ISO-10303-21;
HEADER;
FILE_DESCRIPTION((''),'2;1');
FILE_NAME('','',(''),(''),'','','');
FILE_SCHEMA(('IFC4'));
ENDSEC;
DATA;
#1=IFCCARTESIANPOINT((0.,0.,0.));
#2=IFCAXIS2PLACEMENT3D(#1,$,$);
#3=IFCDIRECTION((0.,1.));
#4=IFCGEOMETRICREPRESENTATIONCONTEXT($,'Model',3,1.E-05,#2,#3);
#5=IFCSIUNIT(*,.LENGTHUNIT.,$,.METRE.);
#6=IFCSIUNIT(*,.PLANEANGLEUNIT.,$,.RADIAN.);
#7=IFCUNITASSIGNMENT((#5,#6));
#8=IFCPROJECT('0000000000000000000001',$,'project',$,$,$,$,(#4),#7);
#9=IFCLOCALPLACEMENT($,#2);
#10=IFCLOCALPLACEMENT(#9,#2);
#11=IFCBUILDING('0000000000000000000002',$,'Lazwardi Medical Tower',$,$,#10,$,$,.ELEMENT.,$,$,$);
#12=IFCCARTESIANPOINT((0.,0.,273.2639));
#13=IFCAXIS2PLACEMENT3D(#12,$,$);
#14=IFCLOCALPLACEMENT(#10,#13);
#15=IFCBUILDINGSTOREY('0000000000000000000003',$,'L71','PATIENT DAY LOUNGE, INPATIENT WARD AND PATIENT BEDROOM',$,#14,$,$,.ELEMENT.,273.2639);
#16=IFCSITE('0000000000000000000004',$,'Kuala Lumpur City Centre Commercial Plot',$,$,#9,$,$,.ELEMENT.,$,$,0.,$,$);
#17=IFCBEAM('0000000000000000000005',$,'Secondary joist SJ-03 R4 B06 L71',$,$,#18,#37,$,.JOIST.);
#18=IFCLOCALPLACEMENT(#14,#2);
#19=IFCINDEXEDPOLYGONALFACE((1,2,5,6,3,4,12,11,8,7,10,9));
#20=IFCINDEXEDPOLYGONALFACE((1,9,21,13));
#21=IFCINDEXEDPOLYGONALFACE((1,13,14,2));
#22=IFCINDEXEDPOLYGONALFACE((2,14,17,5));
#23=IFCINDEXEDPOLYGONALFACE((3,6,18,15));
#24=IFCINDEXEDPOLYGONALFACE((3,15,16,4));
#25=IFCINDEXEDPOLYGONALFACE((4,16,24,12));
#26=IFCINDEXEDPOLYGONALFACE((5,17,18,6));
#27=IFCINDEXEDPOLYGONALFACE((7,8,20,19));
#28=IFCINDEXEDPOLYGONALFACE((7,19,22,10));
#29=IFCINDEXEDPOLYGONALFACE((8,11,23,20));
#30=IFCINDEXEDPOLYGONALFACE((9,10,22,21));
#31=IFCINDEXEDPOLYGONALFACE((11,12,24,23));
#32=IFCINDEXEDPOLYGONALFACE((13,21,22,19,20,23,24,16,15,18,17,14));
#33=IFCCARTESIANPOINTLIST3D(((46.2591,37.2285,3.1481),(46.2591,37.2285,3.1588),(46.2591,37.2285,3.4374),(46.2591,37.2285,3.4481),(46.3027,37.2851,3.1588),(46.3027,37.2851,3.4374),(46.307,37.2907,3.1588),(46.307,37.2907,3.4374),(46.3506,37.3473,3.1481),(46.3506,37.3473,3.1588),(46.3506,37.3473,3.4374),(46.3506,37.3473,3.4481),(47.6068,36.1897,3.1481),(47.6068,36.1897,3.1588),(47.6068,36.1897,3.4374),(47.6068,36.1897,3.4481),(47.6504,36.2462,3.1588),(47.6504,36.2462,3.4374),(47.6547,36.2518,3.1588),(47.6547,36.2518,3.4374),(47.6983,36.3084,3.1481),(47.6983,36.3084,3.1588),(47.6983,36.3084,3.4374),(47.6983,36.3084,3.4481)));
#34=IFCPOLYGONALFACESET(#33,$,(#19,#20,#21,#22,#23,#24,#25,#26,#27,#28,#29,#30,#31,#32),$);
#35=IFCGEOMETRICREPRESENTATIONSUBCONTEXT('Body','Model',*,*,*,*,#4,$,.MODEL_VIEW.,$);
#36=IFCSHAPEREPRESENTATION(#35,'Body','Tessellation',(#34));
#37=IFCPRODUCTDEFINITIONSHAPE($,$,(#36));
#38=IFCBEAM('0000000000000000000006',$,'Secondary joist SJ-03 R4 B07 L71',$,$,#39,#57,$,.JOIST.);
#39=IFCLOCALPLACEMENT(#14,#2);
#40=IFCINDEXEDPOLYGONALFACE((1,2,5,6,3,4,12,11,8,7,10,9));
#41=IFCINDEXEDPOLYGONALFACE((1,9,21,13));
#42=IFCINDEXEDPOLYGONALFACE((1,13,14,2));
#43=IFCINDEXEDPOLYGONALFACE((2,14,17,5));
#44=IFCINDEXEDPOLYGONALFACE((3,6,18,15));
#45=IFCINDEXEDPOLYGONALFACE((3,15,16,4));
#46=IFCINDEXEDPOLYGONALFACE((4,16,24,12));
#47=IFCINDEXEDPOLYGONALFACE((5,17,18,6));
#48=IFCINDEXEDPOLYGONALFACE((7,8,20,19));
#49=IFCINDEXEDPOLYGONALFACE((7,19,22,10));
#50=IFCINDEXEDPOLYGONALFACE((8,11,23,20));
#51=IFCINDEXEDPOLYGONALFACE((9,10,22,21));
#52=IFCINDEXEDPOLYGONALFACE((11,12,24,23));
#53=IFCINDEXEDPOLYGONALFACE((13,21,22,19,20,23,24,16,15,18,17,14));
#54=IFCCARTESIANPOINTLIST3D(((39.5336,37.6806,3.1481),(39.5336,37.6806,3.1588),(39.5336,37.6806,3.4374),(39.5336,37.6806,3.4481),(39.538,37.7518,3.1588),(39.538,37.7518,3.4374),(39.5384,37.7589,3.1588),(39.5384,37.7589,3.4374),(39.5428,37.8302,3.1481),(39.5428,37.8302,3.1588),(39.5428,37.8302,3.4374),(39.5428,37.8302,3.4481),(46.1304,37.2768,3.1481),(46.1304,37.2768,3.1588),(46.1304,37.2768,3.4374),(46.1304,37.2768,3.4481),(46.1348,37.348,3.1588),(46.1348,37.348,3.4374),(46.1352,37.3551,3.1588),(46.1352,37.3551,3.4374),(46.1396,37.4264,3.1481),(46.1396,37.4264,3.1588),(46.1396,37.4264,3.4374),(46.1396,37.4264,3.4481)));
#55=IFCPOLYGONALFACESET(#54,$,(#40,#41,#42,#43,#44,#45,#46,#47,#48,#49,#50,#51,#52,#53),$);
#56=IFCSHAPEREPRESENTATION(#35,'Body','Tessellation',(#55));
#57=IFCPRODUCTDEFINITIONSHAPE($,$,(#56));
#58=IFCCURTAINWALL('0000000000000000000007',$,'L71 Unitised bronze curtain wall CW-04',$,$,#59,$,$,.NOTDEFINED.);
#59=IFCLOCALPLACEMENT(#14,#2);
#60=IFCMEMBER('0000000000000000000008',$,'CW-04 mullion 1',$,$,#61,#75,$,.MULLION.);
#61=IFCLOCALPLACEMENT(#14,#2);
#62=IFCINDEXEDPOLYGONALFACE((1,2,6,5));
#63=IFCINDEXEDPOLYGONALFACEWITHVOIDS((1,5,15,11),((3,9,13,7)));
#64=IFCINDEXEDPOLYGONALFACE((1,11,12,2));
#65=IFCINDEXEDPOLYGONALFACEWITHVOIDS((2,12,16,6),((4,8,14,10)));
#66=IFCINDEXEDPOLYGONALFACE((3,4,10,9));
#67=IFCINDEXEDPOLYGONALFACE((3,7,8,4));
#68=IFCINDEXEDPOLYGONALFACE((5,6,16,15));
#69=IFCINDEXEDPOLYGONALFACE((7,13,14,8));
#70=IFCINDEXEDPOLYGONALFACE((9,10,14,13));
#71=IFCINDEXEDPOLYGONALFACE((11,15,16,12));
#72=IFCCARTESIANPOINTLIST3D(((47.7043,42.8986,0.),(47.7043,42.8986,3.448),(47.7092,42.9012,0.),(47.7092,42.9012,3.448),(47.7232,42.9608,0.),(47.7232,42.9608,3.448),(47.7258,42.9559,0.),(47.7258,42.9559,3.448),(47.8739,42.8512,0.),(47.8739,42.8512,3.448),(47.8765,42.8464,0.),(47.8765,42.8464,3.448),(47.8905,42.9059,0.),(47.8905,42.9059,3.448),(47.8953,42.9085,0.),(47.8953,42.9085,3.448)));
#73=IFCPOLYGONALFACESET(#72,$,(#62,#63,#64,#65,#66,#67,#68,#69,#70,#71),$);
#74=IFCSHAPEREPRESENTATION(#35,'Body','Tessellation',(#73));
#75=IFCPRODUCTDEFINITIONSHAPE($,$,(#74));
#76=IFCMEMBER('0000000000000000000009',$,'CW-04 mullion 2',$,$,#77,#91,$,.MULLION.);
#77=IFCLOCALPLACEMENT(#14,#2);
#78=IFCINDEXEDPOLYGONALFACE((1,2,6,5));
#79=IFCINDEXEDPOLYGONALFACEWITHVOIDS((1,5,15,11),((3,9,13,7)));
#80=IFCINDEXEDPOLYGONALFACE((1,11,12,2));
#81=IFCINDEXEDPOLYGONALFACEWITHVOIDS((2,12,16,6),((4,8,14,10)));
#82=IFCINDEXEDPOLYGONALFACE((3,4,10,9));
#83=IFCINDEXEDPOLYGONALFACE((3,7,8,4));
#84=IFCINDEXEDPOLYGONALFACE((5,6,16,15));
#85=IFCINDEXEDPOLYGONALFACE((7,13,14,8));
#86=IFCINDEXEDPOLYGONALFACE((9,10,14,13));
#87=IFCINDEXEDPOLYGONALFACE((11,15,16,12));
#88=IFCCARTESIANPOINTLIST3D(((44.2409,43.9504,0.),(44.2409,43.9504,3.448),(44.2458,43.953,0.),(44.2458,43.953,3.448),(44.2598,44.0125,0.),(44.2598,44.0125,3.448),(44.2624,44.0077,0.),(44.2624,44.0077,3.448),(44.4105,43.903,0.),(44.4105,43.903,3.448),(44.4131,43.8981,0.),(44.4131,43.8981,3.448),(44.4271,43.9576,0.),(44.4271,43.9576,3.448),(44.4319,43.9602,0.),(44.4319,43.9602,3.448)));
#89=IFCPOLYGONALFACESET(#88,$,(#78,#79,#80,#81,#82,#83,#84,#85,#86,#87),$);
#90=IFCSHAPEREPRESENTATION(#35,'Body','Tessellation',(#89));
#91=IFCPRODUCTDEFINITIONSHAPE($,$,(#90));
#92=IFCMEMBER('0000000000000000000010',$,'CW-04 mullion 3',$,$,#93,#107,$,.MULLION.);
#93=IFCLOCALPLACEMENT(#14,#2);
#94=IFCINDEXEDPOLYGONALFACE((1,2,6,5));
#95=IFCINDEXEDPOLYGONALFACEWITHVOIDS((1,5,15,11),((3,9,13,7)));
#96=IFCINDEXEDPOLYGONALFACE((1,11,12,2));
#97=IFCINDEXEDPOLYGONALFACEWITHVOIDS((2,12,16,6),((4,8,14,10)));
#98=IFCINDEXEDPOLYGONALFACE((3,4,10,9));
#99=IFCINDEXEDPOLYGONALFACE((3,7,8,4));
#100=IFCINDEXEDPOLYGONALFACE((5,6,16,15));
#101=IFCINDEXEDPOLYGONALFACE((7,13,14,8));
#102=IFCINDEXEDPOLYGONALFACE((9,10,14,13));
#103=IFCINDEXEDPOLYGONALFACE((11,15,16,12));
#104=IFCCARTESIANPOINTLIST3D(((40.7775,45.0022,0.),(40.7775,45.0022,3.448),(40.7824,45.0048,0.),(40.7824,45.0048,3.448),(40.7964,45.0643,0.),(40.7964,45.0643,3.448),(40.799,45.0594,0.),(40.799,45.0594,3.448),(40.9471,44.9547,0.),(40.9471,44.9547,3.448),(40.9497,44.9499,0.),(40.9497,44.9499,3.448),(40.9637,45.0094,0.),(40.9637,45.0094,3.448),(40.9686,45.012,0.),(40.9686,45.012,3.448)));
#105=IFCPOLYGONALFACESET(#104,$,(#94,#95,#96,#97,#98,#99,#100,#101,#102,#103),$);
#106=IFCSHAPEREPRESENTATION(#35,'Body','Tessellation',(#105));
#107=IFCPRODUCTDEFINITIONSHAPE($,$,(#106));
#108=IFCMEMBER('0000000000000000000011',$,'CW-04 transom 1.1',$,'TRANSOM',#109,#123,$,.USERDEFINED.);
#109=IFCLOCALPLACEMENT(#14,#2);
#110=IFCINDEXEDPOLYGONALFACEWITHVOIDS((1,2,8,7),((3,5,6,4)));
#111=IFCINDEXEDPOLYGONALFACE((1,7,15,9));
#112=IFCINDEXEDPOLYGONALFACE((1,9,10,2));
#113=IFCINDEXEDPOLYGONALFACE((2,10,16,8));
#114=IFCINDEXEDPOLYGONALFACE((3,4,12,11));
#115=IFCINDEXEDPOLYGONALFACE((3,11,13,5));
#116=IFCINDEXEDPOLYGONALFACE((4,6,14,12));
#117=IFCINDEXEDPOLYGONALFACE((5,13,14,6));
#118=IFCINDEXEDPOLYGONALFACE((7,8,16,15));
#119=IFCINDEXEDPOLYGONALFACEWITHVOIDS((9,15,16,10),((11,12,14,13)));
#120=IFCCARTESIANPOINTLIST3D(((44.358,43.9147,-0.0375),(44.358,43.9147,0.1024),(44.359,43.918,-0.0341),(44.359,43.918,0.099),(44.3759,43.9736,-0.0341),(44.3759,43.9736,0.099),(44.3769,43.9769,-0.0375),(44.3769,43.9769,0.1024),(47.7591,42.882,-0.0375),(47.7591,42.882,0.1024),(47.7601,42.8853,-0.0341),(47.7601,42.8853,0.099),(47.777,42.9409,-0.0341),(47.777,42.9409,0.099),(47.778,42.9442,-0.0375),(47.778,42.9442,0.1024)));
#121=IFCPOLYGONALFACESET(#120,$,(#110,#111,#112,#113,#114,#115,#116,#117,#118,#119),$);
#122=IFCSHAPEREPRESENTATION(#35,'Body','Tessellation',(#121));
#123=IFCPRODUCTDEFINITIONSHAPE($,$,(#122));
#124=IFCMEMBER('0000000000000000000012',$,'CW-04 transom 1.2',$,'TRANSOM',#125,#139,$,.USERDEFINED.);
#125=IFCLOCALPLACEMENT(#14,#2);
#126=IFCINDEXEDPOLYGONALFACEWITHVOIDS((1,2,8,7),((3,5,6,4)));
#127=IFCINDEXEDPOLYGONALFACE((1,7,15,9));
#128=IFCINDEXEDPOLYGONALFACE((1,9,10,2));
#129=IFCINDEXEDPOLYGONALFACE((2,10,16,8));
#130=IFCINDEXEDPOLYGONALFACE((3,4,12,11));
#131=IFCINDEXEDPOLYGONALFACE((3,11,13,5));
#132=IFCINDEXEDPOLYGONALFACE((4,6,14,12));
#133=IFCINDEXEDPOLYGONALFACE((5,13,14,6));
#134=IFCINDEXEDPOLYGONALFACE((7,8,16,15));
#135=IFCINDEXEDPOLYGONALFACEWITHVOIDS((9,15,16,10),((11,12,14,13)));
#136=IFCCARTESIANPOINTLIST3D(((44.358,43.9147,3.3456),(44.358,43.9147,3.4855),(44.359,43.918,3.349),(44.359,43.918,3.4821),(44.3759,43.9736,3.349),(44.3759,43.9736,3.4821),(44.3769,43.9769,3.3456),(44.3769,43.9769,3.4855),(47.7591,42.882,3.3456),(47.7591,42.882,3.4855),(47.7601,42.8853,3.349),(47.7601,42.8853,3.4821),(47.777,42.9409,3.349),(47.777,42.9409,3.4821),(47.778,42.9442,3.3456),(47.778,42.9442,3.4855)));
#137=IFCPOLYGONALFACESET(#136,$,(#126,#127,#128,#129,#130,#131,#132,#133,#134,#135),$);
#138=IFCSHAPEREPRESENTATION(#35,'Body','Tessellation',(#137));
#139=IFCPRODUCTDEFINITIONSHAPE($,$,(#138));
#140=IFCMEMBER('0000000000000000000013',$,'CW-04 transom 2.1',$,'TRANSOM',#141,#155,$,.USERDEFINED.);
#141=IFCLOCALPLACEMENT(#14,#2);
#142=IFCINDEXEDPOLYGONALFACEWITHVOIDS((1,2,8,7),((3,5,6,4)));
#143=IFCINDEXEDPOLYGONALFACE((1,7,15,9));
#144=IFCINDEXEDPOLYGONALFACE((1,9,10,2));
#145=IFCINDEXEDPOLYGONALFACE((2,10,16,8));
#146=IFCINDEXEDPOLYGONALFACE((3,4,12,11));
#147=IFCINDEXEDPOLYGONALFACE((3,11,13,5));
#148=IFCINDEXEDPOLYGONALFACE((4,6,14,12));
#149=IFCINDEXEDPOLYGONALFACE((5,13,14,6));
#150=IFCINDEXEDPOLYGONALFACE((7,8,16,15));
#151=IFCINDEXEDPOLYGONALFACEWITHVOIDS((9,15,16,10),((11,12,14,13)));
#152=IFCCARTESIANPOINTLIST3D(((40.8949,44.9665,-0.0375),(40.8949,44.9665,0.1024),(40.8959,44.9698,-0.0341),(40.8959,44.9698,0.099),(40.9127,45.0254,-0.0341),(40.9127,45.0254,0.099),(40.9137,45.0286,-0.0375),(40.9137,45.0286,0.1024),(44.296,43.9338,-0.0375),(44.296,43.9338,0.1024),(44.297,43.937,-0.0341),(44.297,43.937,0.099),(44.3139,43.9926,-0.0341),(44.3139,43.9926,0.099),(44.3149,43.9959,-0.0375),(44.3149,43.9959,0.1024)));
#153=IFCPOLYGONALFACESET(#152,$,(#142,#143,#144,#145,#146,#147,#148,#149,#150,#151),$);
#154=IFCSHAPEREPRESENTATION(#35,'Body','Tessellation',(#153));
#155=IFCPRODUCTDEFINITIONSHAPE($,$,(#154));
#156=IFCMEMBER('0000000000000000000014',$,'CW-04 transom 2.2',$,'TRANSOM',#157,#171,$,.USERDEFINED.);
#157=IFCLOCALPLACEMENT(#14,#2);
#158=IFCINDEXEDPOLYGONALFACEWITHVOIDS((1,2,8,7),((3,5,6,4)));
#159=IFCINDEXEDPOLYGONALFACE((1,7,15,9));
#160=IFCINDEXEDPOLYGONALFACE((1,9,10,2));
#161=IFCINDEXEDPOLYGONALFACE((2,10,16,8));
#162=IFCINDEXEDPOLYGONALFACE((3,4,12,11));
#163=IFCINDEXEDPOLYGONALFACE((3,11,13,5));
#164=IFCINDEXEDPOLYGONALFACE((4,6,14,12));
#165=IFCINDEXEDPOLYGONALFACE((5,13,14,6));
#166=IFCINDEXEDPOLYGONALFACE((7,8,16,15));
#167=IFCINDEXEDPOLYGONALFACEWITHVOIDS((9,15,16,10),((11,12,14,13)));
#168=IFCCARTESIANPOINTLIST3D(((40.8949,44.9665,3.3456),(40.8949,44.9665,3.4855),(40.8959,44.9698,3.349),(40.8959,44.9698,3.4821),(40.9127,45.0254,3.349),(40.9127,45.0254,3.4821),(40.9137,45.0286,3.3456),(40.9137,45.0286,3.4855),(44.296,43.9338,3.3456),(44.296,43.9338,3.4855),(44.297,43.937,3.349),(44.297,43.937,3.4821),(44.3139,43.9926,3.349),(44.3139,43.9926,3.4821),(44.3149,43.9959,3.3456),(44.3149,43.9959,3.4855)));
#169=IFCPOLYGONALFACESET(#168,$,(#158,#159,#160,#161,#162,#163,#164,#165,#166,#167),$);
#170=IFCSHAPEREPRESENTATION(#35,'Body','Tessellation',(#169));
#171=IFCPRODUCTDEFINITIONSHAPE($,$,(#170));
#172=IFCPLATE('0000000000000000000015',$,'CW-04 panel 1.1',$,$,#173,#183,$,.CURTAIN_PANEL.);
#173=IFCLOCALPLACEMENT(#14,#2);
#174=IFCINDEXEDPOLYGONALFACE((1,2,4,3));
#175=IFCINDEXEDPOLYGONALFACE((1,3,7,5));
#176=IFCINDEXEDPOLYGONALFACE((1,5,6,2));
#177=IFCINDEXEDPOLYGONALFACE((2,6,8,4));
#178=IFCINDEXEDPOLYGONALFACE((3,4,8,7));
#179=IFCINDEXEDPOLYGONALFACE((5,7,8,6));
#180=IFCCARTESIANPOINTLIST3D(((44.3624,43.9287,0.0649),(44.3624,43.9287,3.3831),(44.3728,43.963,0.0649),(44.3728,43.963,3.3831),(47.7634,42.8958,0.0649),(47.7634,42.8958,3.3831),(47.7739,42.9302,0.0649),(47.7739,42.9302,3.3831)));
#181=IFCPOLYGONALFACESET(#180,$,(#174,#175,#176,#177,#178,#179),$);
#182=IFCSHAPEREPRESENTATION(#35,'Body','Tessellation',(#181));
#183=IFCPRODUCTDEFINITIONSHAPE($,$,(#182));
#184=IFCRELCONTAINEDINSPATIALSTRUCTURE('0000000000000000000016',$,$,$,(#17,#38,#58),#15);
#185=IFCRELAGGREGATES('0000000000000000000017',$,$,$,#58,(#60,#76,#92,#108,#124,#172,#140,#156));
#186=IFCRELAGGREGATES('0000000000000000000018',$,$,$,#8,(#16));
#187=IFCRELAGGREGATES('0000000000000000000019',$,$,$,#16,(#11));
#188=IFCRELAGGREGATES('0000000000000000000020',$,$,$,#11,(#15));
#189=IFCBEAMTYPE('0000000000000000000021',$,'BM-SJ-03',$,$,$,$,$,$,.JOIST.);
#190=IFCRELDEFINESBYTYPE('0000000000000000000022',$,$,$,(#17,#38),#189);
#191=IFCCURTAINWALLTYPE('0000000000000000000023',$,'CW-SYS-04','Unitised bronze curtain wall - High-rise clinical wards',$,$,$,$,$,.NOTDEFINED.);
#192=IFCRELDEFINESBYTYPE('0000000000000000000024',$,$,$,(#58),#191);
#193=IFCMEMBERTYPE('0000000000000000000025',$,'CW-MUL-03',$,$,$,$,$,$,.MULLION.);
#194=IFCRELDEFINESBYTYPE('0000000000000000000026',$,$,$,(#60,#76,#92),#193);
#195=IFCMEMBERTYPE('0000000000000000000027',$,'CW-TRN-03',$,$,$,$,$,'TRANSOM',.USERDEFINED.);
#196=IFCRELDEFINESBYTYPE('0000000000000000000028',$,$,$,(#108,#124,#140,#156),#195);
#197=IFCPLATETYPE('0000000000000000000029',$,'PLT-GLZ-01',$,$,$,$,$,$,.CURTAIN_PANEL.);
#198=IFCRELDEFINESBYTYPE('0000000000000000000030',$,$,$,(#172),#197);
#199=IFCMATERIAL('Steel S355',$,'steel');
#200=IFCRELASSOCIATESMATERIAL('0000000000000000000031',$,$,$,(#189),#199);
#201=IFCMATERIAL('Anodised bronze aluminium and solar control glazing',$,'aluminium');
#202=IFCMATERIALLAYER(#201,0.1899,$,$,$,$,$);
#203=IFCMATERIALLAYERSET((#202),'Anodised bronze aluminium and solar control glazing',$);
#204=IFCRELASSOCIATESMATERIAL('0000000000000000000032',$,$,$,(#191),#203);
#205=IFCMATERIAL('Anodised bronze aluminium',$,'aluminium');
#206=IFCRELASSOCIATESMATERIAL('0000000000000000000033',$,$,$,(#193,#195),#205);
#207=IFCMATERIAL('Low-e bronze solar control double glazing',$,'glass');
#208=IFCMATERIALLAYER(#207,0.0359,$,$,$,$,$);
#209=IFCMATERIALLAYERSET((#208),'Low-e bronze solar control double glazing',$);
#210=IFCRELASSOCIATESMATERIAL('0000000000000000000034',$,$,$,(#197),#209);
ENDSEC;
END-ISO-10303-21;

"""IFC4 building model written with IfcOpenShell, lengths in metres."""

from ifc_helpers import new_model, si_unit, direction, frame, origin, origin_2d, place, context, subcontext, project, spatial, rectangle, hollow_rectangle, i_section, extrude, material, layer, layer_set, material_profile, profile_set, type_object, element, aggregate, save


model = new_model("IFC4")

# Units and contexts
model_context = context("Model", 3, precision=1e-05, world=origin(), true_north=direction((0.0, 1.0)))
body_context = subcontext(model_context, "Body", "Model", "MODEL_VIEW")
ifc_project = project(units=[si_unit("LENGTHUNIT", "METRE"), si_unit("PLANEANGLEUNIT", "RADIAN")], contexts=[model_context])

# Site, building, storey
site_placement = place(None, origin())
site = spatial("IfcSite", under=ifc_project, at=site_placement, Name="Kuala Lumpur City Centre Commercial Plot", CompositionType="ELEMENT", RefElevation=0.0)
building_placement = place(site_placement, origin())
building = spatial("IfcBuilding", under=site, at=building_placement, Name="Lazwardi Medical Tower", CompositionType="ELEMENT")
storey_placement = place(building_placement, frame((0.0, 0.0, 273.2639)))
storey = spatial("IfcBuildingStorey", under=building, at=storey_placement, Name="L71", Description="PATIENT DAY LOUNGE, INPATIENT WARD AND PATIENT BEDROOM", CompositionType="ELEMENT", Elevation=273.2639)

# Beams
ifc_material_1 = material(Name="Steel S355", Category="steel")
ifc_material_profile_1 = material_profile(ifc_material_1, i_section(OverallWidth=0.1499, OverallDepth=0.3, WebThickness=0.0071, FlangeThickness=0.0107, at=origin_2d()), Name="IPE 300")
ifc_profile_set_1 = profile_set([ifc_material_profile_1], Name="Steel S355")
beam_type_1 = type_object("IfcBeamType", Name="BM-SJ-03", PredefinedType="JOIST", material=ifc_profile_set_1)
beam_1_placement = place(storey_placement, frame((47.6526, 36.249, 3.2981), z_axis=(-0.79201, 0.610508, 0.0), x_axis=(-0.610508, -0.79201, 0.0)))
element("IfcBeam", 1, at=beam_1_placement, inside=storey, type_object=beam_type_1, Name="Secondary joist SJ-03 R4 B06 L71", PredefinedType="JOIST", context=body_context, shape_type="SweptSolid", body=[
    extrude(i_section(OverallWidth=0.1499, OverallDepth=0.3, WebThickness=0.0071, FlangeThickness=0.0107, at=origin_2d()), origin(), (0.0, 0.0, 1.0), 1.7017),
])
beam_2_placement = place(storey_placement, frame((46.135, 37.3516, 3.2981), z_axis=(-0.998132, 0.0611, 0.0), x_axis=(-0.0611, -0.998132, 0.0)))
element("IfcBeam", 2, at=beam_2_placement, inside=storey, type_object=beam_type_1, Name="Secondary joist SJ-03 R4 B07 L71", PredefinedType="JOIST", context=body_context, shape_type="SweptSolid", body=[
    extrude(i_section(OverallWidth=0.1499, OverallDepth=0.3, WebThickness=0.0071, FlangeThickness=0.0107, at=origin_2d()), origin(), (0.0, 0.0, 1.0), 6.6091),
])

# Curtain wall, members, plate
ifc_material_2 = material(Name="Anodised bronze aluminium and solar control glazing", Category="aluminium")
ifc_layer_1 = layer(ifc_material_2, 0.1899)
ifc_layer_set_1 = layer_set([ifc_layer_1], Name="Anodised bronze aluminium and solar control glazing")
curtain_wall_type = type_object("IfcCurtainWallType", Name="CW-SYS-04", Description="Unitised bronze curtain wall - High-rise clinical wards", PredefinedType="NOTDEFINED", material=ifc_layer_set_1)
curtain_wall_placement = place(storey_placement, origin())
curtain_wall = element("IfcCurtainWall", 3, at=curtain_wall_placement, inside=storey, type_object=curtain_wall_type, Name="L71 Unitised bronze curtain wall CW-04", PredefinedType="NOTDEFINED")
ifc_material_3 = material(Name="Anodised bronze aluminium", Category="aluminium")
ifc_material_profile_2 = material_profile(ifc_material_3, hollow_rectangle(XDim=0.0649, YDim=0.1799, WallThickness=0.0039, at=origin_2d()), Name="ALU-MULLION 180x65x4")
ifc_profile_set_2 = profile_set([ifc_material_profile_2], Name="Anodised bronze aluminium")
member_type_1 = type_object("IfcMemberType", Name="CW-MUL-03", PredefinedType="MULLION", material=ifc_profile_set_2)
member_1_placement = place(storey_placement, frame((47.7998, 42.9036, 0.0), z_axis=(0.0, 0.0, 1.0), x_axis=(-0.290582, -0.95685, 0.0)))
member_1 = element("IfcMember", 4, at=member_1_placement, type_object=member_type_1, Name="CW-04 mullion 1", PredefinedType="MULLION", context=body_context, shape_type="SweptSolid", body=[
    extrude(hollow_rectangle(XDim=0.0649, YDim=0.1799, WallThickness=0.0039, at=origin_2d()), origin(), (0.0, 0.0, 1.0), 3.448),
])
member_2_placement = place(storey_placement, frame((44.3364, 43.9553, 0.0), z_axis=(0.0, 0.0, 1.0), x_axis=(-0.290582, -0.95685, 0.0)))
member_2 = element("IfcMember", 5, at=member_2_placement, type_object=member_type_1, Name="CW-04 mullion 2", PredefinedType="MULLION", context=body_context, shape_type="SweptSolid", body=[
    extrude(hollow_rectangle(XDim=0.0649, YDim=0.1799, WallThickness=0.0039, at=origin_2d()), origin(), (0.0, 0.0, 1.0), 3.448),
])
member_3_placement = place(storey_placement, frame((40.873, 45.0071, 0.0), z_axis=(0.0, 0.0, 1.0), x_axis=(-0.290582, -0.95685, 0.0)))
member_3 = element("IfcMember", 6, at=member_3_placement, type_object=member_type_1, Name="CW-04 mullion 3", PredefinedType="MULLION", context=body_context, shape_type="SweptSolid", body=[
    extrude(hollow_rectangle(XDim=0.0649, YDim=0.1799, WallThickness=0.0039, at=origin_2d()), origin(), (0.0, 0.0, 1.0), 3.448),
])
ifc_material_profile_3 = material_profile(ifc_material_3, hollow_rectangle(XDim=0.0649, YDim=0.1399, WallThickness=0.0034, at=origin_2d()), Name="ALU-TRANSOM 140x65x3.5")
ifc_profile_set_3 = profile_set([ifc_material_profile_3], Name="Anodised bronze aluminium")
member_type_2 = type_object("IfcMemberType", Name="CW-TRN-03", ElementType="TRANSOM", PredefinedType="USERDEFINED", material=ifc_profile_set_3)
member_4_placement = place(storey_placement, frame((47.7686, 42.9131, 0.0325), z_axis=(-0.956863, 0.290541, 0.0), x_axis=(-0.290541, -0.956863, 0.0)))
member_4 = element("IfcMember", 7, at=member_4_placement, type_object=member_type_2, Name="CW-04 transom 1.1", ObjectType="TRANSOM", PredefinedType="USERDEFINED", context=body_context, shape_type="SweptSolid", body=[
    extrude(hollow_rectangle(XDim=0.0649, YDim=0.1399, WallThickness=0.0034, at=origin_2d()), origin(), (0.0, 0.0, 1.0), 3.5544),
])
member_5_placement = place(storey_placement, frame((47.7686, 42.9131, 3.4155), z_axis=(-0.956863, 0.290541, 0.0), x_axis=(-0.290541, -0.956863, 0.0)))
member_5 = element("IfcMember", 8, at=member_5_placement, type_object=member_type_2, Name="CW-04 transom 1.2", ObjectType="TRANSOM", PredefinedType="USERDEFINED", context=body_context, shape_type="SweptSolid", body=[
    extrude(hollow_rectangle(XDim=0.0649, YDim=0.1399, WallThickness=0.0034, at=origin_2d()), origin(), (0.0, 0.0, 1.0), 3.5544),
])
member_6_placement = place(storey_placement, frame((44.3054, 43.9648, 0.0325), z_axis=(-0.956863, 0.290541, 0.0), x_axis=(-0.290541, -0.956863, 0.0)))
member_6 = element("IfcMember", 9, at=member_6_placement, type_object=member_type_2, Name="CW-04 transom 2.1", ObjectType="TRANSOM", PredefinedType="USERDEFINED", context=body_context, shape_type="SweptSolid", body=[
    extrude(hollow_rectangle(XDim=0.0649, YDim=0.1399, WallThickness=0.0034, at=origin_2d()), origin(), (0.0, 0.0, 1.0), 3.5544),
])
member_7_placement = place(storey_placement, frame((44.3054, 43.9648, 3.4155), z_axis=(-0.956863, 0.290541, 0.0), x_axis=(-0.290541, -0.956863, 0.0)))
member_7 = element("IfcMember", 10, at=member_7_placement, type_object=member_type_2, Name="CW-04 transom 2.2", ObjectType="TRANSOM", PredefinedType="USERDEFINED", context=body_context, shape_type="SweptSolid", body=[
    extrude(hollow_rectangle(XDim=0.0649, YDim=0.1399, WallThickness=0.0034, at=origin_2d()), origin(), (0.0, 0.0, 1.0), 3.5544),
])
ifc_material_4 = material(Name="Low-e bronze solar control double glazing", Category="glass")
ifc_layer_2 = layer(ifc_material_4, 0.0359)
ifc_layer_set_2 = layer_set([ifc_layer_2], Name="Low-e bronze solar control double glazing")
plate_type = type_object("IfcPlateType", Name="PLT-GLZ-01", PredefinedType="CURTAIN_PANEL", material=ifc_layer_set_2)
plate_1_placement = place(storey_placement, frame((46.0681, 43.4294, 0.0649), z_axis=(0.0, 0.0, 1.0), x_axis=(-0.95685, 0.290582, 0.0)))
plate_1 = element("IfcPlate", 11, at=plate_1_placement, type_object=plate_type, Name="CW-04 panel 1.1", PredefinedType="CURTAIN_PANEL", context=body_context, shape_type="SweptSolid", body=[
    extrude(rectangle(XDim=3.5544, YDim=0.0359, at=origin_2d()), origin(), (0.0, 0.0, 1.0), 3.3181),
])
aggregate(curtain_wall, [member_1, member_2, member_3, member_4, member_5, plate_1, member_6, member_7])

save(model, "model.ifc")
